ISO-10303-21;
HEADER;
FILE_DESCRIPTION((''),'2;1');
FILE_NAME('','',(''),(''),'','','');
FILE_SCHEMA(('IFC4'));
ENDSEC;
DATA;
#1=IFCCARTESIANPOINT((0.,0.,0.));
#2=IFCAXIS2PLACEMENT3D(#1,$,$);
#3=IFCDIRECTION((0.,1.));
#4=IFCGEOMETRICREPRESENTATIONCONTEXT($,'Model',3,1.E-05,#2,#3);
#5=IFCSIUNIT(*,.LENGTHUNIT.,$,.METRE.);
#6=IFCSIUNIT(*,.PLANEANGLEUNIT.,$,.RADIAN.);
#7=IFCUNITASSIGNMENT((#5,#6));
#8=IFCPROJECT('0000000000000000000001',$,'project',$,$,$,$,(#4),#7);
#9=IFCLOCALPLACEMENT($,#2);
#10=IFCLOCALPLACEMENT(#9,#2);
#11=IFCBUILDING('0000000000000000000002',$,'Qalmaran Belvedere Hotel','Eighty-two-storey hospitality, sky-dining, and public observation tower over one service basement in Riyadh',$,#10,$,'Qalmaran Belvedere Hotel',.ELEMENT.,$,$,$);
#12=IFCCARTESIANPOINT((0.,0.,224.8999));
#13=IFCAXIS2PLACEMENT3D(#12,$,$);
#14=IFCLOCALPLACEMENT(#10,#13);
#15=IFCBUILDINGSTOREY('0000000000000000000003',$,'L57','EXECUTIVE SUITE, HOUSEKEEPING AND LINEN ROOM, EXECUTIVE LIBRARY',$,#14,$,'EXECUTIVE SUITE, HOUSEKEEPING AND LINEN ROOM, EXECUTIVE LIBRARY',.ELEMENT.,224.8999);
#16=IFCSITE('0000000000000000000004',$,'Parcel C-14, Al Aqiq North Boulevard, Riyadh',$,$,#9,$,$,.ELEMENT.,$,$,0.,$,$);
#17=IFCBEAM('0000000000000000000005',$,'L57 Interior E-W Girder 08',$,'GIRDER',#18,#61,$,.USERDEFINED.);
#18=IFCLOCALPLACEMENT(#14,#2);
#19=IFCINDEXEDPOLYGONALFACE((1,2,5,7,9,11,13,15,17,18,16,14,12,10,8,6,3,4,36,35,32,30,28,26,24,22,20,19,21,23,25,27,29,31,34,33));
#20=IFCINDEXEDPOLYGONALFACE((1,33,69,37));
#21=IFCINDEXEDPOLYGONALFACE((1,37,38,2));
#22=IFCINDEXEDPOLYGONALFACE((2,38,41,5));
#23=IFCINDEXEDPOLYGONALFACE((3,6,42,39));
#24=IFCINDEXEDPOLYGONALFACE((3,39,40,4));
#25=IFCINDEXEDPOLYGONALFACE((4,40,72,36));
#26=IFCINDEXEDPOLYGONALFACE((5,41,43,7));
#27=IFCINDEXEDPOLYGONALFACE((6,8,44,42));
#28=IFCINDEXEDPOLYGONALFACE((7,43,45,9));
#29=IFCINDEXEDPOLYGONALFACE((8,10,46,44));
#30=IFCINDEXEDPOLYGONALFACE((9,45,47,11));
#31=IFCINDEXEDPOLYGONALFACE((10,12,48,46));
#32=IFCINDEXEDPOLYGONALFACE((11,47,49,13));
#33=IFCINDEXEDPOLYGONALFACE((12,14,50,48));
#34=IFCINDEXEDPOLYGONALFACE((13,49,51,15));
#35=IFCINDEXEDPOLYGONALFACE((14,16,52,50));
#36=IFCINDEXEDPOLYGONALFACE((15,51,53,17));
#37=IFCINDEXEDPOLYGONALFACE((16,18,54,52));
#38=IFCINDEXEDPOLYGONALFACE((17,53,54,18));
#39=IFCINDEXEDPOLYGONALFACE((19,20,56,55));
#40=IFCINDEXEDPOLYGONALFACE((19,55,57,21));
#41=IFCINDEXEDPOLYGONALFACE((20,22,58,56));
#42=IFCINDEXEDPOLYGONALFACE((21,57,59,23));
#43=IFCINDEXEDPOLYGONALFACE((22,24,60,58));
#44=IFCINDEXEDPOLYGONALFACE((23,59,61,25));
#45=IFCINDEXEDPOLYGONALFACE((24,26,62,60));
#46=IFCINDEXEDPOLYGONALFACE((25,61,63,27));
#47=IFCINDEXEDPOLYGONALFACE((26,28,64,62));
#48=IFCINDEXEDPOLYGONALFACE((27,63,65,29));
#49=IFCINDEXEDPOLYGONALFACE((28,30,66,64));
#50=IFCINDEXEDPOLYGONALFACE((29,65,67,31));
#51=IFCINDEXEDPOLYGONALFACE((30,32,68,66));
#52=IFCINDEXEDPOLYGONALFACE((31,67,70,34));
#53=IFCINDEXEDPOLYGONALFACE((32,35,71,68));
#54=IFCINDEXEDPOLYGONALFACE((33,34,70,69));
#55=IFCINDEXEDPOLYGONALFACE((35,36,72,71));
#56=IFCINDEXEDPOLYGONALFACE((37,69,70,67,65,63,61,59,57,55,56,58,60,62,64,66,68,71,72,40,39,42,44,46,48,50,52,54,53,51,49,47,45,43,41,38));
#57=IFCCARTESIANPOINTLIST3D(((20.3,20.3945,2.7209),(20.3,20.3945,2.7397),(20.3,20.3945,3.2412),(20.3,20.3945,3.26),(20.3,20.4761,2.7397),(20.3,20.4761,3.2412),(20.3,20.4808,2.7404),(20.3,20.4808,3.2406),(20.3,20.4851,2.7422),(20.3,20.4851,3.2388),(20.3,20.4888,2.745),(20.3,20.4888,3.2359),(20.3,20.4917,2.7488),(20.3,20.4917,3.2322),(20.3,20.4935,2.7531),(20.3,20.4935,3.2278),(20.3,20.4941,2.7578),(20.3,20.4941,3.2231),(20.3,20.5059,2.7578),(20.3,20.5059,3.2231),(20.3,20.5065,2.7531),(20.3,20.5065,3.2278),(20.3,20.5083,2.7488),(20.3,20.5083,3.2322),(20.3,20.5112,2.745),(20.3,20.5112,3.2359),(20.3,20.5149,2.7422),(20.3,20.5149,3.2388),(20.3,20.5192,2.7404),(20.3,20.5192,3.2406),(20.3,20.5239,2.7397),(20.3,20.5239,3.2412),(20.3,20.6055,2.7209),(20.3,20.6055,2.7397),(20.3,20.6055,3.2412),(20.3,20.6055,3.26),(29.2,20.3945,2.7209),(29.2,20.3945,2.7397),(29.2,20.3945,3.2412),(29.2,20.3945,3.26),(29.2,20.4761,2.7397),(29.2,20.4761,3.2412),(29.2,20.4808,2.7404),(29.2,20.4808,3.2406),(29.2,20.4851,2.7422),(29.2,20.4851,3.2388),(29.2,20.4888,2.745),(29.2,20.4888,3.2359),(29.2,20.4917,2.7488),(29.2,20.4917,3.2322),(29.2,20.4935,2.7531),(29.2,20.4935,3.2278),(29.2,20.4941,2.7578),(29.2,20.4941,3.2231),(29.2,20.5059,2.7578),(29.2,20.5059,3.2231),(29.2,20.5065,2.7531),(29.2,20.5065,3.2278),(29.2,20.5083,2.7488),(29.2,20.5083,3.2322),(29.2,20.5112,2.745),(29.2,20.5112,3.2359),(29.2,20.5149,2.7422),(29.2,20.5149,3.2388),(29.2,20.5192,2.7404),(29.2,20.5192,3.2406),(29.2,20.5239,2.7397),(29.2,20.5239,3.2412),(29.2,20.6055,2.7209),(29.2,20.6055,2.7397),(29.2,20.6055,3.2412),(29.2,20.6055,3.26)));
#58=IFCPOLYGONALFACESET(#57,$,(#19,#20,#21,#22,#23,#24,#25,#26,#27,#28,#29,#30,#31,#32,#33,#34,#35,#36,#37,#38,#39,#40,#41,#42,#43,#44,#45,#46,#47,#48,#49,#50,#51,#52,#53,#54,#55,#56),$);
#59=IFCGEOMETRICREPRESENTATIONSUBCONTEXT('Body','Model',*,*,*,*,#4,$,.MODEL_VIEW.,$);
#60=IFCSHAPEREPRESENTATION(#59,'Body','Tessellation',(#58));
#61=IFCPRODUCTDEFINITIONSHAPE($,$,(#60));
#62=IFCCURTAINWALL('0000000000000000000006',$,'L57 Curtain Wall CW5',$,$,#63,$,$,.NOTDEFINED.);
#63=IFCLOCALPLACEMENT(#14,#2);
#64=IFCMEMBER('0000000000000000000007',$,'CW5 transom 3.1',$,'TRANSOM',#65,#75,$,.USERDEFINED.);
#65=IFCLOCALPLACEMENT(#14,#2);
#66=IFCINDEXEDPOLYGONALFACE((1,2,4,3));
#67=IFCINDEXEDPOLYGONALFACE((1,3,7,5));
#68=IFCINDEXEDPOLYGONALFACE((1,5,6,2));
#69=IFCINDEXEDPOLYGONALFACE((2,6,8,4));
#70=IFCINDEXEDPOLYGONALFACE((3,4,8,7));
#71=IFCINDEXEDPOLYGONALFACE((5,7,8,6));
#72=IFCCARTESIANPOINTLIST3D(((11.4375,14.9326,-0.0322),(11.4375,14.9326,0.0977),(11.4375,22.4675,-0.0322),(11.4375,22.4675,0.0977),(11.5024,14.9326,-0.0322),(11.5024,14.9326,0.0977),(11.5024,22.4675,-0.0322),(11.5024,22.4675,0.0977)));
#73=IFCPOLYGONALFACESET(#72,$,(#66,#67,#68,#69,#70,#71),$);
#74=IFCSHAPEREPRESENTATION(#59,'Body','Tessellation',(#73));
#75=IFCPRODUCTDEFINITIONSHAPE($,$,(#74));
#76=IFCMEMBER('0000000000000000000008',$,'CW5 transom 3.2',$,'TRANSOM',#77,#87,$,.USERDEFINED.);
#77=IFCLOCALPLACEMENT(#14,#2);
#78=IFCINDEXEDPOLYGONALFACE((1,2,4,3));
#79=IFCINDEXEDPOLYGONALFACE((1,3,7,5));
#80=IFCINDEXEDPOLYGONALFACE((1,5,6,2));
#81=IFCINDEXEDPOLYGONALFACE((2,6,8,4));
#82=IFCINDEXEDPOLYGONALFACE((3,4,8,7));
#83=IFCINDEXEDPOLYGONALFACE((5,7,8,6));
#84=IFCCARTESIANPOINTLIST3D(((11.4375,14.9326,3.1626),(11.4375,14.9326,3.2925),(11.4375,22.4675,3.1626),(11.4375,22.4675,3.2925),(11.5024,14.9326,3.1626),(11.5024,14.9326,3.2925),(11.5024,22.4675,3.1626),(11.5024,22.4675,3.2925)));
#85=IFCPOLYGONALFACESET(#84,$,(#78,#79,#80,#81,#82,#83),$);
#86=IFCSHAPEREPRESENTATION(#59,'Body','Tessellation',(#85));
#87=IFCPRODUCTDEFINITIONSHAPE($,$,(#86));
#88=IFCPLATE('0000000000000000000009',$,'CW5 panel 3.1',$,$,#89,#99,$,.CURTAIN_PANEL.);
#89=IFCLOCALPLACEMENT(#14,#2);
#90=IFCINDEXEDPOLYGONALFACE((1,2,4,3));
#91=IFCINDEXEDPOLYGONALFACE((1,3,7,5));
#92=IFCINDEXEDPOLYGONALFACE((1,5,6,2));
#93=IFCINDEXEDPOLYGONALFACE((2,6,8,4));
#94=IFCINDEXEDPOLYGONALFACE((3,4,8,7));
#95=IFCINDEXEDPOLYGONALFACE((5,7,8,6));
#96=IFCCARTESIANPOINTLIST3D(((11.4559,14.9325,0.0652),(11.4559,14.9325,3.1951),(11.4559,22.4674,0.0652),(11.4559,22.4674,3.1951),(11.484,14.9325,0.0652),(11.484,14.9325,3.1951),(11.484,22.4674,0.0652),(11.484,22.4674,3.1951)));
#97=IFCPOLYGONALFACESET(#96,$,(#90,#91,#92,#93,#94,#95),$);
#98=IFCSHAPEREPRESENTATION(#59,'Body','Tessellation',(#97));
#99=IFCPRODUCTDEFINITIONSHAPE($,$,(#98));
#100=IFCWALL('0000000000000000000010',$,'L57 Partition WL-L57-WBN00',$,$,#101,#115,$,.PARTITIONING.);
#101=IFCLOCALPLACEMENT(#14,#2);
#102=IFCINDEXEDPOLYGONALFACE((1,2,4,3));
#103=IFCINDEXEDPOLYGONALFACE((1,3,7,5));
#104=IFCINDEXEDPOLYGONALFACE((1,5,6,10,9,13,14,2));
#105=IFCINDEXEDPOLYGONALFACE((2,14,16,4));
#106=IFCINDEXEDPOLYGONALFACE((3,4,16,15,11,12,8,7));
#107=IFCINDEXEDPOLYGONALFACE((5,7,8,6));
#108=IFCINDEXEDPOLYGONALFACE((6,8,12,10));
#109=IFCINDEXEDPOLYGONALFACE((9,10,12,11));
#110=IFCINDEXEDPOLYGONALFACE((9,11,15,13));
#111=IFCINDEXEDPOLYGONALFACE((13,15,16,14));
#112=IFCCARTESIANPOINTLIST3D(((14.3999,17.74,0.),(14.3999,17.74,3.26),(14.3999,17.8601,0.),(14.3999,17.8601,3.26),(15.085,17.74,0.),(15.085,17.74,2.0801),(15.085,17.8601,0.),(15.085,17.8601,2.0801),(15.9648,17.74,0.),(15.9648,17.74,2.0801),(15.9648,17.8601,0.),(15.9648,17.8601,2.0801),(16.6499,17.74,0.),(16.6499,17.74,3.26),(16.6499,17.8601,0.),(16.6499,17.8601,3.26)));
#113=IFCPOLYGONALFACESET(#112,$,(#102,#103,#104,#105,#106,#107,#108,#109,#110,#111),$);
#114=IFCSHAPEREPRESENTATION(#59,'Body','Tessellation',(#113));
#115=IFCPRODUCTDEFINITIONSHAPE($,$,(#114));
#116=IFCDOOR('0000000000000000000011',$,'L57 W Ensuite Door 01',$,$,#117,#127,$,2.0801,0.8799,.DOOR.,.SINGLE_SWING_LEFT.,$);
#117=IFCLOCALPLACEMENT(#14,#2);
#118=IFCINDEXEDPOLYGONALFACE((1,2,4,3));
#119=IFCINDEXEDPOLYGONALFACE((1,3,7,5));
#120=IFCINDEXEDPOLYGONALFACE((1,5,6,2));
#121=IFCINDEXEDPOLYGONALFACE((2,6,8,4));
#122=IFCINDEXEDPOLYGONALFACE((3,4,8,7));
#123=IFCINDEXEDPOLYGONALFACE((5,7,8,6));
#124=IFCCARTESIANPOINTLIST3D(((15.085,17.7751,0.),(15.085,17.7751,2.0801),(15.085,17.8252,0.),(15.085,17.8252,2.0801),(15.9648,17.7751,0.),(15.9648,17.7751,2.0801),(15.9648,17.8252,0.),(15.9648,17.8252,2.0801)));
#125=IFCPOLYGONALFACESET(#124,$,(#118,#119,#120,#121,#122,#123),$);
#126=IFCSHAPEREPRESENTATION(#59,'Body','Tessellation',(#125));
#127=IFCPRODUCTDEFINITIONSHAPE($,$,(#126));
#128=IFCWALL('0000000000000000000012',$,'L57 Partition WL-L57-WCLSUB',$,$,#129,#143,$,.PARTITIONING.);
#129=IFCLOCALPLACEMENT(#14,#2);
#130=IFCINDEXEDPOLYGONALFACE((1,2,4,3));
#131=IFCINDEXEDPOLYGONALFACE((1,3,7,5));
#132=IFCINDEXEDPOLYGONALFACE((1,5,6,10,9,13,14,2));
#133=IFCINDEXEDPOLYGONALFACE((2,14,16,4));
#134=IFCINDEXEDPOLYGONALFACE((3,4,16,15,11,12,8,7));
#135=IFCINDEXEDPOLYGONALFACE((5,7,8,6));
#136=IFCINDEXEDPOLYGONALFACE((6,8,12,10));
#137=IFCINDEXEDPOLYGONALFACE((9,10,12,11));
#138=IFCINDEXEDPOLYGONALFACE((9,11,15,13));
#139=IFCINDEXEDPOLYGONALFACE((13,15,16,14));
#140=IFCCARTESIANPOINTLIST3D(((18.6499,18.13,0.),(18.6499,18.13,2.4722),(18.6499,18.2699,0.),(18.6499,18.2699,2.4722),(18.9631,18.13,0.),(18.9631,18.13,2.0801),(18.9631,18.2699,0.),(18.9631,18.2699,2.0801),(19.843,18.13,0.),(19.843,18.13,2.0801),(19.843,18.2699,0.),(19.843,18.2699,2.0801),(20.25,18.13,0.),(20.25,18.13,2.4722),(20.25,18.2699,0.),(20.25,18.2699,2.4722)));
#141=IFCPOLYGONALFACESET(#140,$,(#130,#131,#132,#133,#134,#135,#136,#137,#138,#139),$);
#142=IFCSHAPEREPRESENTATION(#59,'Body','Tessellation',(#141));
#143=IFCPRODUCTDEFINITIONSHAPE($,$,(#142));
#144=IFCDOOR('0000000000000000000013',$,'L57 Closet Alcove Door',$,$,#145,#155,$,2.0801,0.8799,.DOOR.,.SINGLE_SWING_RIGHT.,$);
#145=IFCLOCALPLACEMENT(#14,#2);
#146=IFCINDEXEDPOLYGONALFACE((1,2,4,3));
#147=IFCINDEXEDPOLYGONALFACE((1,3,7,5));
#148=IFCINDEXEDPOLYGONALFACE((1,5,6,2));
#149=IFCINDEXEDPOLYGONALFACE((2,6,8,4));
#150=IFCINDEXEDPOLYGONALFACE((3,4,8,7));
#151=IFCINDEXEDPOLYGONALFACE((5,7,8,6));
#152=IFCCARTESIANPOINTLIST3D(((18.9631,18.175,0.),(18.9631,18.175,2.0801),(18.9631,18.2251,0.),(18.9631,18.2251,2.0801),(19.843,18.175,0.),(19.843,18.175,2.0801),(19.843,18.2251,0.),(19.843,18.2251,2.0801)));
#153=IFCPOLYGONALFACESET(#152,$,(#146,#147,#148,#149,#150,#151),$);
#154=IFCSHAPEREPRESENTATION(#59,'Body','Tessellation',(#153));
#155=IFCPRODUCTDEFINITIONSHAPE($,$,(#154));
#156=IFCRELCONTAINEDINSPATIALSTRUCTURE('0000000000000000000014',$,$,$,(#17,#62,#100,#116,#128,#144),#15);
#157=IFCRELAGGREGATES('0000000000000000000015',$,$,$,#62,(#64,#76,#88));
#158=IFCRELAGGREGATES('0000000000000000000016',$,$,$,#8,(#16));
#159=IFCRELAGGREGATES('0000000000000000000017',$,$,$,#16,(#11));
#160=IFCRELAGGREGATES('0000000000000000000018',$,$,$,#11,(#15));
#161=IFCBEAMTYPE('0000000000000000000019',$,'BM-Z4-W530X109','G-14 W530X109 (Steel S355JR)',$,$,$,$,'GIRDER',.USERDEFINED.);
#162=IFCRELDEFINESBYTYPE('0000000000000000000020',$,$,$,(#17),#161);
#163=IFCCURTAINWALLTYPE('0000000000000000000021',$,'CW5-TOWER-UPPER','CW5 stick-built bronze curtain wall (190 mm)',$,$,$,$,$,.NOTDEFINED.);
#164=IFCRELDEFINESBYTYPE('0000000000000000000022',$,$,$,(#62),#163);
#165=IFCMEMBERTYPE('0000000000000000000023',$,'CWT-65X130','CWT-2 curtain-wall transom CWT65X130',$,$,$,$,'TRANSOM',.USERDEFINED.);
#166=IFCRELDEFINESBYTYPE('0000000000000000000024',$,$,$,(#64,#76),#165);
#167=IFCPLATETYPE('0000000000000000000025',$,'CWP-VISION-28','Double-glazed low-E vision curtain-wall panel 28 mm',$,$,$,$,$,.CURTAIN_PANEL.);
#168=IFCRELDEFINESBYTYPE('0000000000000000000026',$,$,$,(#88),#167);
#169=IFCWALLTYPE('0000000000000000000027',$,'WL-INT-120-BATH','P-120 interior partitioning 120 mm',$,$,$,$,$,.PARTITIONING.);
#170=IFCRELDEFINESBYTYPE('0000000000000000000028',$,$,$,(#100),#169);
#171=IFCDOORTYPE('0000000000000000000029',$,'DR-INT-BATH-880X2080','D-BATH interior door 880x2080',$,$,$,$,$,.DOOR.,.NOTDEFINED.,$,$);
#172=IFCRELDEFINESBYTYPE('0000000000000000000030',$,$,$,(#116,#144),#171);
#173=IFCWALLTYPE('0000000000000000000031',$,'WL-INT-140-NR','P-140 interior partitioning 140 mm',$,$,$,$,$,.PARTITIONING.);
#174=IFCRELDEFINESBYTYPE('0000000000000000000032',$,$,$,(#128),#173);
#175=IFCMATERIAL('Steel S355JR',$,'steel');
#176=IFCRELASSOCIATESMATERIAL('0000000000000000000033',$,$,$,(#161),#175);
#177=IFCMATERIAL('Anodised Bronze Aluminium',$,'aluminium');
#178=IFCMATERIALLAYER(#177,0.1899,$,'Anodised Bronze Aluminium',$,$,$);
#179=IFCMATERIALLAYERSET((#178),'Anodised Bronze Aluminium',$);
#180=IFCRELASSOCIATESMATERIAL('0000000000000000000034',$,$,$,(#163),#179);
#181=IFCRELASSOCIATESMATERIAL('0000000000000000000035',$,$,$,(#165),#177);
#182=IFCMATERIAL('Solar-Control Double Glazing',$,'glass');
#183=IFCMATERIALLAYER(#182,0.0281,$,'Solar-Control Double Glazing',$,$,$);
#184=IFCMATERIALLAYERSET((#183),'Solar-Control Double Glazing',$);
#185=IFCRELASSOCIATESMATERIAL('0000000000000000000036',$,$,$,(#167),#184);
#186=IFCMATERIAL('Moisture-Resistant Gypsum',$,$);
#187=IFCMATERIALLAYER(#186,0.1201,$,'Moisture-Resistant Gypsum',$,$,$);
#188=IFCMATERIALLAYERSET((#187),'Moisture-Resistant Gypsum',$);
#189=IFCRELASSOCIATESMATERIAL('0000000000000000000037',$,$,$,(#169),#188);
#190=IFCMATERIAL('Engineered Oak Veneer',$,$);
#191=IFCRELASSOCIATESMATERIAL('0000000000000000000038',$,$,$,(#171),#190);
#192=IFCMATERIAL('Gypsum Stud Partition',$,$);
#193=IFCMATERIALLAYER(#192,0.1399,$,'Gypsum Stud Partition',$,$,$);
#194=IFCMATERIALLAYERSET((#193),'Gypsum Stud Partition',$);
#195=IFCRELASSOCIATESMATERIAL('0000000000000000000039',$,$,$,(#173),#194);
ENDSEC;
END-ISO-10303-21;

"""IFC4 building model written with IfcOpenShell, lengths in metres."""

from ifc_helpers import new_model, si_unit, direction, frame, frame_2d, origin, origin_2d, place, context, subcontext, project, spatial, rectangle, i_section, extrude, material, layer, layer_set, material_profile, profile_set, type_object, element, fill, aggregate, save


model = new_model("IFC4")

# Units and contexts
model_context = context("Model", 3, precision=1e-05, world=origin(), true_north=direction((0.0, 1.0)))
body_context = subcontext(model_context, "Body", "Model", "MODEL_VIEW")
ifc_project = project(units=[si_unit("LENGTHUNIT", "METRE"), si_unit("PLANEANGLEUNIT", "RADIAN")], contexts=[model_context])

# Site, building, storey
site_placement = place(None, origin())
site = spatial("IfcSite", under=ifc_project, at=site_placement, Name="Parcel C-14, Al Aqiq North Boulevard, Riyadh", CompositionType="ELEMENT", RefElevation=0.0)
building_placement = place(site_placement, origin())
building = spatial("IfcBuilding", under=site, at=building_placement, Name="Qalmaran Belvedere Hotel", Description="Eighty-two-storey hospitality, sky-dining, and public observation tower over one service basement in Riyadh", LongName="Qalmaran Belvedere Hotel", CompositionType="ELEMENT")
storey_placement = place(building_placement, frame((0.0, 0.0, 224.8999)))
storey = spatial("IfcBuildingStorey", under=building, at=storey_placement, Name="L57", Description="EXECUTIVE SUITE, HOUSEKEEPING AND LINEN ROOM, EXECUTIVE LIBRARY", LongName="EXECUTIVE SUITE, HOUSEKEEPING AND LINEN ROOM, EXECUTIVE LIBRARY", CompositionType="ELEMENT", Elevation=224.8999)

# Beam
ifc_material_1 = material(Name="Steel S355JR", Category="steel")
ifc_material_profile_1 = material_profile(ifc_material_1, i_section(OverallWidth=0.2109, OverallDepth=0.5391, WebThickness=0.0117, FlangeThickness=0.0188, FilletRadius=0.0181, at=origin_2d()), Name="W530X109")
ifc_profile_set_1 = profile_set([ifc_material_profile_1], Name="Steel S355JR")
beam_type_1 = type_object("IfcBeamType", Name="BM-Z4-W530X109", Description="G-14 W530X109 (Steel S355JR)", ElementType="GIRDER", PredefinedType="USERDEFINED", material=ifc_profile_set_1)
beam_1_placement = place(storey_placement, frame((20.3, 20.5, 2.9905), z_axis=(1.0, 0.0, 0.0), x_axis=(0.0, 1.0, 0.0)))
element("IfcBeam", 1, at=beam_1_placement, inside=storey, type_object=beam_type_1, Name="L57 Interior E-W Girder 08", ObjectType="GIRDER", PredefinedType="USERDEFINED", context=body_context, shape_type="SweptSolid", body=[
    extrude(i_section(OverallWidth=0.2109, OverallDepth=0.5391, WebThickness=0.0117, FlangeThickness=0.0188, FilletRadius=0.0181, at=origin_2d()), origin(), (0.0, 0.0, 1.0), 8.8999),
])

# Curtain wall, members, plate
ifc_material_2 = material(Name="Anodised Bronze Aluminium", Category="aluminium")
ifc_layer_1 = layer(ifc_material_2, 0.1899, Name="Anodised Bronze Aluminium")
ifc_layer_set_1 = layer_set([ifc_layer_1], Name="Anodised Bronze Aluminium")
curtain_wall_type = type_object("IfcCurtainWallType", Name="CW5-TOWER-UPPER", Description="CW5 stick-built bronze curtain wall (190 mm)", PredefinedType="NOTDEFINED", material=ifc_layer_set_1)
curtain_wall_placement = place(storey_placement, origin())
curtain_wall = element("IfcCurtainWall", 2, at=curtain_wall_placement, inside=storey, type_object=curtain_wall_type, Name="L57 Curtain Wall CW5", PredefinedType="NOTDEFINED")
ifc_material_profile_2 = material_profile(ifc_material_2, rectangle(XDim=0.0649, YDim=0.1299, at=origin_2d()), Name="CWT65X130")
ifc_profile_set_2 = profile_set([ifc_material_profile_2], Name="Anodised Bronze Aluminium")
member_type = type_object("IfcMemberType", Name="CWT-65X130", Description="CWT-2 curtain-wall transom CWT65X130", ElementType="TRANSOM", PredefinedType="USERDEFINED", material=ifc_profile_set_2)
member_1_placement = place(storey_placement, frame((11.47, 22.4675, 0.0327), z_axis=(0.0, -1.0, 0.0), x_axis=(1.0, 0.0, 0.0)))
member_1 = element("IfcMember", 3, at=member_1_placement, type_object=member_type, Name="CW5 transom 3.1", ObjectType="TRANSOM", PredefinedType="USERDEFINED", context=body_context, shape_type="SweptSolid", body=[
    extrude(rectangle(XDim=0.0649, YDim=0.1299, at=origin_2d()), origin(), (0.0, 0.0, 1.0), 7.5349),
])
member_2_placement = place(storey_placement, frame((11.47, 22.4675, 3.2275), z_axis=(0.0, -1.0, 0.0), x_axis=(1.0, 0.0, 0.0)))
member_2 = element("IfcMember", 4, at=member_2_placement, type_object=member_type, Name="CW5 transom 3.2", ObjectType="TRANSOM", PredefinedType="USERDEFINED", context=body_context, shape_type="SweptSolid", body=[
    extrude(rectangle(XDim=0.0649, YDim=0.1299, at=origin_2d()), origin(), (0.0, 0.0, 1.0), 7.5349),
])
ifc_material_3 = material(Name="Solar-Control Double Glazing", Category="glass")
ifc_layer_2 = layer(ifc_material_3, 0.0281, Name="Solar-Control Double Glazing")
ifc_layer_set_2 = layer_set([ifc_layer_2], Name="Solar-Control Double Glazing")
plate_type = type_object("IfcPlateType", Name="CWP-VISION-28", Description="Double-glazed low-E vision curtain-wall panel 28 mm", PredefinedType="CURTAIN_PANEL", material=ifc_layer_set_2)
plate_placement = place(storey_placement, frame((11.47, 18.7, 0.0652), z_axis=(0.0, 0.0, 1.0), x_axis=(0.0, -1.0, 0.0)))
plate = element("IfcPlate", 5, at=plate_placement, type_object=plate_type, Name="CW5 panel 3.1", PredefinedType="CURTAIN_PANEL", context=body_context, shape_type="SweptSolid", body=[
    extrude(rectangle(XDim=7.5349, YDim=0.0281, at=origin_2d()), origin(), (0.0, 0.0, 1.0), 3.1299),
])
aggregate(curtain_wall, [member_1, member_2, plate])

# Walls, openings, doors
ifc_material_4 = material(Name="Moisture-Resistant Gypsum")
ifc_layer_3 = layer(ifc_material_4, 0.1201, Name="Moisture-Resistant Gypsum")
ifc_layer_set_3 = layer_set([ifc_layer_3], Name="Moisture-Resistant Gypsum")
wall_type_1 = type_object("IfcWallType", Name="WL-INT-120-BATH", Description="P-120 interior partitioning 120 mm", PredefinedType="PARTITIONING", material=ifc_layer_set_3)
wall_1_placement = place(storey_placement, frame((14.3999, 17.8, 0.0), z_axis=(0.0, 0.0, 1.0), x_axis=(1.0, 0.0, 0.0)))
wall_1 = element("IfcWall", 6, at=wall_1_placement, inside=storey, type_object=wall_type_1, Name="L57 Partition WL-L57-WBN00", PredefinedType="PARTITIONING", context=body_context, shape_type="SweptSolid", body=[
    extrude(rectangle(XDim=2.25, YDim=0.1201, at=frame_2d((1.125, 0.0))), origin(), (0.0, 0.0, 1.0), 3.26),
])
opening_1_placement = place(wall_1_placement, frame((1.5649, 0.0, 0.0), z_axis=(0.0, 0.0, 1.0), x_axis=(-1.0, 0.0, 0.0)))
opening_1 = element("IfcOpeningElement", 7, at=opening_1_placement, cuts=wall_1, PredefinedType="OPENING", context=body_context, shape_type="SweptSolid", body=[
    extrude(rectangle(XDim=0.8799, YDim=2.0801, at=frame_2d((0.4399, 1.04))), frame((0.0, 0.0701, 0.0), z_axis=(0.0, -1.0, 0.0), x_axis=(1.0, 0.0, 0.0)), (0.0, 0.0, 1.0), 0.1401),
])
ifc_material_5 = material(Name="Engineered Oak Veneer")
door_type_1 = type_object("IfcDoorType", Name="DR-INT-BATH-880X2080", Description="D-BATH interior door 880x2080", OperationType="NOTDEFINED", PredefinedType="DOOR", material=ifc_material_5)
door_1_placement = place(opening_1_placement, origin())
door_1 = element("IfcDoor", 8, at=door_1_placement, inside=storey, type_object=door_type_1, Name="L57 W Ensuite Door 01", OperationType="SINGLE_SWING_LEFT", OverallHeight=2.0801, OverallWidth=0.8799, PredefinedType="DOOR", context=body_context, shape_type="SweptSolid", body=[
    extrude(rectangle(XDim=0.8799, YDim=2.0801, at=frame_2d((0.4399, 1.04))), frame((0.0, 0.0249, 0.0), z_axis=(0.0, -1.0, 0.0), x_axis=(1.0, 0.0, 0.0)), (0.0, 0.0, 1.0), 0.05),
])
fill(opening_1, door_1)
ifc_material_6 = material(Name="Gypsum Stud Partition")
ifc_layer_4 = layer(ifc_material_6, 0.1399, Name="Gypsum Stud Partition")
ifc_layer_set_4 = layer_set([ifc_layer_4], Name="Gypsum Stud Partition")
wall_type_2 = type_object("IfcWallType", Name="WL-INT-140-NR", Description="P-140 interior partitioning 140 mm", PredefinedType="PARTITIONING", material=ifc_layer_set_4)
wall_2_placement = place(storey_placement, frame((18.6499, 18.2, 0.0), z_axis=(0.0, 0.0, 1.0), x_axis=(1.0, 0.0, 0.0)))
wall_2 = element("IfcWall", 9, at=wall_2_placement, inside=storey, type_object=wall_type_2, Name="L57 Partition WL-L57-WCLSUB", PredefinedType="PARTITIONING", context=body_context, shape_type="SweptSolid", body=[
    extrude(rectangle(XDim=1.6001, YDim=0.1399, at=frame_2d((0.8, 0.0))), origin(), (0.0, 0.0, 1.0), 2.4722),
])
opening_2_placement = place(wall_2_placement, frame((1.1931, 0.0, 0.0), z_axis=(0.0, 0.0, 1.0), x_axis=(-1.0, 0.0, 0.0)))
opening_2 = element("IfcOpeningElement", 10, at=opening_2_placement, cuts=wall_2, PredefinedType="OPENING", context=body_context, shape_type="SweptSolid", body=[
    extrude(rectangle(XDim=0.8799, YDim=2.0801, at=frame_2d((0.4399, 1.04))), frame((0.0, 0.0801, 0.0), z_axis=(0.0, -1.0, 0.0), x_axis=(1.0, 0.0, 0.0)), (0.0, 0.0, 1.0), 0.1599),
])
door_2_placement = place(opening_2_placement, origin())
door_2 = element("IfcDoor", 11, at=door_2_placement, inside=storey, type_object=door_type_1, Name="L57 Closet Alcove Door", OperationType="SINGLE_SWING_RIGHT", OverallHeight=2.0801, OverallWidth=0.8799, PredefinedType="DOOR", context=body_context, shape_type="SweptSolid", body=[
    extrude(rectangle(XDim=0.8799, YDim=2.0801, at=frame_2d((0.4399, 1.04))), frame((0.0, 0.0249, 0.0), z_axis=(0.0, -1.0, 0.0), x_axis=(1.0, 0.0, 0.0)), (0.0, 0.0, 1.0), 0.05),
])
fill(opening_2, door_2)

save(model, "model.ifc")
